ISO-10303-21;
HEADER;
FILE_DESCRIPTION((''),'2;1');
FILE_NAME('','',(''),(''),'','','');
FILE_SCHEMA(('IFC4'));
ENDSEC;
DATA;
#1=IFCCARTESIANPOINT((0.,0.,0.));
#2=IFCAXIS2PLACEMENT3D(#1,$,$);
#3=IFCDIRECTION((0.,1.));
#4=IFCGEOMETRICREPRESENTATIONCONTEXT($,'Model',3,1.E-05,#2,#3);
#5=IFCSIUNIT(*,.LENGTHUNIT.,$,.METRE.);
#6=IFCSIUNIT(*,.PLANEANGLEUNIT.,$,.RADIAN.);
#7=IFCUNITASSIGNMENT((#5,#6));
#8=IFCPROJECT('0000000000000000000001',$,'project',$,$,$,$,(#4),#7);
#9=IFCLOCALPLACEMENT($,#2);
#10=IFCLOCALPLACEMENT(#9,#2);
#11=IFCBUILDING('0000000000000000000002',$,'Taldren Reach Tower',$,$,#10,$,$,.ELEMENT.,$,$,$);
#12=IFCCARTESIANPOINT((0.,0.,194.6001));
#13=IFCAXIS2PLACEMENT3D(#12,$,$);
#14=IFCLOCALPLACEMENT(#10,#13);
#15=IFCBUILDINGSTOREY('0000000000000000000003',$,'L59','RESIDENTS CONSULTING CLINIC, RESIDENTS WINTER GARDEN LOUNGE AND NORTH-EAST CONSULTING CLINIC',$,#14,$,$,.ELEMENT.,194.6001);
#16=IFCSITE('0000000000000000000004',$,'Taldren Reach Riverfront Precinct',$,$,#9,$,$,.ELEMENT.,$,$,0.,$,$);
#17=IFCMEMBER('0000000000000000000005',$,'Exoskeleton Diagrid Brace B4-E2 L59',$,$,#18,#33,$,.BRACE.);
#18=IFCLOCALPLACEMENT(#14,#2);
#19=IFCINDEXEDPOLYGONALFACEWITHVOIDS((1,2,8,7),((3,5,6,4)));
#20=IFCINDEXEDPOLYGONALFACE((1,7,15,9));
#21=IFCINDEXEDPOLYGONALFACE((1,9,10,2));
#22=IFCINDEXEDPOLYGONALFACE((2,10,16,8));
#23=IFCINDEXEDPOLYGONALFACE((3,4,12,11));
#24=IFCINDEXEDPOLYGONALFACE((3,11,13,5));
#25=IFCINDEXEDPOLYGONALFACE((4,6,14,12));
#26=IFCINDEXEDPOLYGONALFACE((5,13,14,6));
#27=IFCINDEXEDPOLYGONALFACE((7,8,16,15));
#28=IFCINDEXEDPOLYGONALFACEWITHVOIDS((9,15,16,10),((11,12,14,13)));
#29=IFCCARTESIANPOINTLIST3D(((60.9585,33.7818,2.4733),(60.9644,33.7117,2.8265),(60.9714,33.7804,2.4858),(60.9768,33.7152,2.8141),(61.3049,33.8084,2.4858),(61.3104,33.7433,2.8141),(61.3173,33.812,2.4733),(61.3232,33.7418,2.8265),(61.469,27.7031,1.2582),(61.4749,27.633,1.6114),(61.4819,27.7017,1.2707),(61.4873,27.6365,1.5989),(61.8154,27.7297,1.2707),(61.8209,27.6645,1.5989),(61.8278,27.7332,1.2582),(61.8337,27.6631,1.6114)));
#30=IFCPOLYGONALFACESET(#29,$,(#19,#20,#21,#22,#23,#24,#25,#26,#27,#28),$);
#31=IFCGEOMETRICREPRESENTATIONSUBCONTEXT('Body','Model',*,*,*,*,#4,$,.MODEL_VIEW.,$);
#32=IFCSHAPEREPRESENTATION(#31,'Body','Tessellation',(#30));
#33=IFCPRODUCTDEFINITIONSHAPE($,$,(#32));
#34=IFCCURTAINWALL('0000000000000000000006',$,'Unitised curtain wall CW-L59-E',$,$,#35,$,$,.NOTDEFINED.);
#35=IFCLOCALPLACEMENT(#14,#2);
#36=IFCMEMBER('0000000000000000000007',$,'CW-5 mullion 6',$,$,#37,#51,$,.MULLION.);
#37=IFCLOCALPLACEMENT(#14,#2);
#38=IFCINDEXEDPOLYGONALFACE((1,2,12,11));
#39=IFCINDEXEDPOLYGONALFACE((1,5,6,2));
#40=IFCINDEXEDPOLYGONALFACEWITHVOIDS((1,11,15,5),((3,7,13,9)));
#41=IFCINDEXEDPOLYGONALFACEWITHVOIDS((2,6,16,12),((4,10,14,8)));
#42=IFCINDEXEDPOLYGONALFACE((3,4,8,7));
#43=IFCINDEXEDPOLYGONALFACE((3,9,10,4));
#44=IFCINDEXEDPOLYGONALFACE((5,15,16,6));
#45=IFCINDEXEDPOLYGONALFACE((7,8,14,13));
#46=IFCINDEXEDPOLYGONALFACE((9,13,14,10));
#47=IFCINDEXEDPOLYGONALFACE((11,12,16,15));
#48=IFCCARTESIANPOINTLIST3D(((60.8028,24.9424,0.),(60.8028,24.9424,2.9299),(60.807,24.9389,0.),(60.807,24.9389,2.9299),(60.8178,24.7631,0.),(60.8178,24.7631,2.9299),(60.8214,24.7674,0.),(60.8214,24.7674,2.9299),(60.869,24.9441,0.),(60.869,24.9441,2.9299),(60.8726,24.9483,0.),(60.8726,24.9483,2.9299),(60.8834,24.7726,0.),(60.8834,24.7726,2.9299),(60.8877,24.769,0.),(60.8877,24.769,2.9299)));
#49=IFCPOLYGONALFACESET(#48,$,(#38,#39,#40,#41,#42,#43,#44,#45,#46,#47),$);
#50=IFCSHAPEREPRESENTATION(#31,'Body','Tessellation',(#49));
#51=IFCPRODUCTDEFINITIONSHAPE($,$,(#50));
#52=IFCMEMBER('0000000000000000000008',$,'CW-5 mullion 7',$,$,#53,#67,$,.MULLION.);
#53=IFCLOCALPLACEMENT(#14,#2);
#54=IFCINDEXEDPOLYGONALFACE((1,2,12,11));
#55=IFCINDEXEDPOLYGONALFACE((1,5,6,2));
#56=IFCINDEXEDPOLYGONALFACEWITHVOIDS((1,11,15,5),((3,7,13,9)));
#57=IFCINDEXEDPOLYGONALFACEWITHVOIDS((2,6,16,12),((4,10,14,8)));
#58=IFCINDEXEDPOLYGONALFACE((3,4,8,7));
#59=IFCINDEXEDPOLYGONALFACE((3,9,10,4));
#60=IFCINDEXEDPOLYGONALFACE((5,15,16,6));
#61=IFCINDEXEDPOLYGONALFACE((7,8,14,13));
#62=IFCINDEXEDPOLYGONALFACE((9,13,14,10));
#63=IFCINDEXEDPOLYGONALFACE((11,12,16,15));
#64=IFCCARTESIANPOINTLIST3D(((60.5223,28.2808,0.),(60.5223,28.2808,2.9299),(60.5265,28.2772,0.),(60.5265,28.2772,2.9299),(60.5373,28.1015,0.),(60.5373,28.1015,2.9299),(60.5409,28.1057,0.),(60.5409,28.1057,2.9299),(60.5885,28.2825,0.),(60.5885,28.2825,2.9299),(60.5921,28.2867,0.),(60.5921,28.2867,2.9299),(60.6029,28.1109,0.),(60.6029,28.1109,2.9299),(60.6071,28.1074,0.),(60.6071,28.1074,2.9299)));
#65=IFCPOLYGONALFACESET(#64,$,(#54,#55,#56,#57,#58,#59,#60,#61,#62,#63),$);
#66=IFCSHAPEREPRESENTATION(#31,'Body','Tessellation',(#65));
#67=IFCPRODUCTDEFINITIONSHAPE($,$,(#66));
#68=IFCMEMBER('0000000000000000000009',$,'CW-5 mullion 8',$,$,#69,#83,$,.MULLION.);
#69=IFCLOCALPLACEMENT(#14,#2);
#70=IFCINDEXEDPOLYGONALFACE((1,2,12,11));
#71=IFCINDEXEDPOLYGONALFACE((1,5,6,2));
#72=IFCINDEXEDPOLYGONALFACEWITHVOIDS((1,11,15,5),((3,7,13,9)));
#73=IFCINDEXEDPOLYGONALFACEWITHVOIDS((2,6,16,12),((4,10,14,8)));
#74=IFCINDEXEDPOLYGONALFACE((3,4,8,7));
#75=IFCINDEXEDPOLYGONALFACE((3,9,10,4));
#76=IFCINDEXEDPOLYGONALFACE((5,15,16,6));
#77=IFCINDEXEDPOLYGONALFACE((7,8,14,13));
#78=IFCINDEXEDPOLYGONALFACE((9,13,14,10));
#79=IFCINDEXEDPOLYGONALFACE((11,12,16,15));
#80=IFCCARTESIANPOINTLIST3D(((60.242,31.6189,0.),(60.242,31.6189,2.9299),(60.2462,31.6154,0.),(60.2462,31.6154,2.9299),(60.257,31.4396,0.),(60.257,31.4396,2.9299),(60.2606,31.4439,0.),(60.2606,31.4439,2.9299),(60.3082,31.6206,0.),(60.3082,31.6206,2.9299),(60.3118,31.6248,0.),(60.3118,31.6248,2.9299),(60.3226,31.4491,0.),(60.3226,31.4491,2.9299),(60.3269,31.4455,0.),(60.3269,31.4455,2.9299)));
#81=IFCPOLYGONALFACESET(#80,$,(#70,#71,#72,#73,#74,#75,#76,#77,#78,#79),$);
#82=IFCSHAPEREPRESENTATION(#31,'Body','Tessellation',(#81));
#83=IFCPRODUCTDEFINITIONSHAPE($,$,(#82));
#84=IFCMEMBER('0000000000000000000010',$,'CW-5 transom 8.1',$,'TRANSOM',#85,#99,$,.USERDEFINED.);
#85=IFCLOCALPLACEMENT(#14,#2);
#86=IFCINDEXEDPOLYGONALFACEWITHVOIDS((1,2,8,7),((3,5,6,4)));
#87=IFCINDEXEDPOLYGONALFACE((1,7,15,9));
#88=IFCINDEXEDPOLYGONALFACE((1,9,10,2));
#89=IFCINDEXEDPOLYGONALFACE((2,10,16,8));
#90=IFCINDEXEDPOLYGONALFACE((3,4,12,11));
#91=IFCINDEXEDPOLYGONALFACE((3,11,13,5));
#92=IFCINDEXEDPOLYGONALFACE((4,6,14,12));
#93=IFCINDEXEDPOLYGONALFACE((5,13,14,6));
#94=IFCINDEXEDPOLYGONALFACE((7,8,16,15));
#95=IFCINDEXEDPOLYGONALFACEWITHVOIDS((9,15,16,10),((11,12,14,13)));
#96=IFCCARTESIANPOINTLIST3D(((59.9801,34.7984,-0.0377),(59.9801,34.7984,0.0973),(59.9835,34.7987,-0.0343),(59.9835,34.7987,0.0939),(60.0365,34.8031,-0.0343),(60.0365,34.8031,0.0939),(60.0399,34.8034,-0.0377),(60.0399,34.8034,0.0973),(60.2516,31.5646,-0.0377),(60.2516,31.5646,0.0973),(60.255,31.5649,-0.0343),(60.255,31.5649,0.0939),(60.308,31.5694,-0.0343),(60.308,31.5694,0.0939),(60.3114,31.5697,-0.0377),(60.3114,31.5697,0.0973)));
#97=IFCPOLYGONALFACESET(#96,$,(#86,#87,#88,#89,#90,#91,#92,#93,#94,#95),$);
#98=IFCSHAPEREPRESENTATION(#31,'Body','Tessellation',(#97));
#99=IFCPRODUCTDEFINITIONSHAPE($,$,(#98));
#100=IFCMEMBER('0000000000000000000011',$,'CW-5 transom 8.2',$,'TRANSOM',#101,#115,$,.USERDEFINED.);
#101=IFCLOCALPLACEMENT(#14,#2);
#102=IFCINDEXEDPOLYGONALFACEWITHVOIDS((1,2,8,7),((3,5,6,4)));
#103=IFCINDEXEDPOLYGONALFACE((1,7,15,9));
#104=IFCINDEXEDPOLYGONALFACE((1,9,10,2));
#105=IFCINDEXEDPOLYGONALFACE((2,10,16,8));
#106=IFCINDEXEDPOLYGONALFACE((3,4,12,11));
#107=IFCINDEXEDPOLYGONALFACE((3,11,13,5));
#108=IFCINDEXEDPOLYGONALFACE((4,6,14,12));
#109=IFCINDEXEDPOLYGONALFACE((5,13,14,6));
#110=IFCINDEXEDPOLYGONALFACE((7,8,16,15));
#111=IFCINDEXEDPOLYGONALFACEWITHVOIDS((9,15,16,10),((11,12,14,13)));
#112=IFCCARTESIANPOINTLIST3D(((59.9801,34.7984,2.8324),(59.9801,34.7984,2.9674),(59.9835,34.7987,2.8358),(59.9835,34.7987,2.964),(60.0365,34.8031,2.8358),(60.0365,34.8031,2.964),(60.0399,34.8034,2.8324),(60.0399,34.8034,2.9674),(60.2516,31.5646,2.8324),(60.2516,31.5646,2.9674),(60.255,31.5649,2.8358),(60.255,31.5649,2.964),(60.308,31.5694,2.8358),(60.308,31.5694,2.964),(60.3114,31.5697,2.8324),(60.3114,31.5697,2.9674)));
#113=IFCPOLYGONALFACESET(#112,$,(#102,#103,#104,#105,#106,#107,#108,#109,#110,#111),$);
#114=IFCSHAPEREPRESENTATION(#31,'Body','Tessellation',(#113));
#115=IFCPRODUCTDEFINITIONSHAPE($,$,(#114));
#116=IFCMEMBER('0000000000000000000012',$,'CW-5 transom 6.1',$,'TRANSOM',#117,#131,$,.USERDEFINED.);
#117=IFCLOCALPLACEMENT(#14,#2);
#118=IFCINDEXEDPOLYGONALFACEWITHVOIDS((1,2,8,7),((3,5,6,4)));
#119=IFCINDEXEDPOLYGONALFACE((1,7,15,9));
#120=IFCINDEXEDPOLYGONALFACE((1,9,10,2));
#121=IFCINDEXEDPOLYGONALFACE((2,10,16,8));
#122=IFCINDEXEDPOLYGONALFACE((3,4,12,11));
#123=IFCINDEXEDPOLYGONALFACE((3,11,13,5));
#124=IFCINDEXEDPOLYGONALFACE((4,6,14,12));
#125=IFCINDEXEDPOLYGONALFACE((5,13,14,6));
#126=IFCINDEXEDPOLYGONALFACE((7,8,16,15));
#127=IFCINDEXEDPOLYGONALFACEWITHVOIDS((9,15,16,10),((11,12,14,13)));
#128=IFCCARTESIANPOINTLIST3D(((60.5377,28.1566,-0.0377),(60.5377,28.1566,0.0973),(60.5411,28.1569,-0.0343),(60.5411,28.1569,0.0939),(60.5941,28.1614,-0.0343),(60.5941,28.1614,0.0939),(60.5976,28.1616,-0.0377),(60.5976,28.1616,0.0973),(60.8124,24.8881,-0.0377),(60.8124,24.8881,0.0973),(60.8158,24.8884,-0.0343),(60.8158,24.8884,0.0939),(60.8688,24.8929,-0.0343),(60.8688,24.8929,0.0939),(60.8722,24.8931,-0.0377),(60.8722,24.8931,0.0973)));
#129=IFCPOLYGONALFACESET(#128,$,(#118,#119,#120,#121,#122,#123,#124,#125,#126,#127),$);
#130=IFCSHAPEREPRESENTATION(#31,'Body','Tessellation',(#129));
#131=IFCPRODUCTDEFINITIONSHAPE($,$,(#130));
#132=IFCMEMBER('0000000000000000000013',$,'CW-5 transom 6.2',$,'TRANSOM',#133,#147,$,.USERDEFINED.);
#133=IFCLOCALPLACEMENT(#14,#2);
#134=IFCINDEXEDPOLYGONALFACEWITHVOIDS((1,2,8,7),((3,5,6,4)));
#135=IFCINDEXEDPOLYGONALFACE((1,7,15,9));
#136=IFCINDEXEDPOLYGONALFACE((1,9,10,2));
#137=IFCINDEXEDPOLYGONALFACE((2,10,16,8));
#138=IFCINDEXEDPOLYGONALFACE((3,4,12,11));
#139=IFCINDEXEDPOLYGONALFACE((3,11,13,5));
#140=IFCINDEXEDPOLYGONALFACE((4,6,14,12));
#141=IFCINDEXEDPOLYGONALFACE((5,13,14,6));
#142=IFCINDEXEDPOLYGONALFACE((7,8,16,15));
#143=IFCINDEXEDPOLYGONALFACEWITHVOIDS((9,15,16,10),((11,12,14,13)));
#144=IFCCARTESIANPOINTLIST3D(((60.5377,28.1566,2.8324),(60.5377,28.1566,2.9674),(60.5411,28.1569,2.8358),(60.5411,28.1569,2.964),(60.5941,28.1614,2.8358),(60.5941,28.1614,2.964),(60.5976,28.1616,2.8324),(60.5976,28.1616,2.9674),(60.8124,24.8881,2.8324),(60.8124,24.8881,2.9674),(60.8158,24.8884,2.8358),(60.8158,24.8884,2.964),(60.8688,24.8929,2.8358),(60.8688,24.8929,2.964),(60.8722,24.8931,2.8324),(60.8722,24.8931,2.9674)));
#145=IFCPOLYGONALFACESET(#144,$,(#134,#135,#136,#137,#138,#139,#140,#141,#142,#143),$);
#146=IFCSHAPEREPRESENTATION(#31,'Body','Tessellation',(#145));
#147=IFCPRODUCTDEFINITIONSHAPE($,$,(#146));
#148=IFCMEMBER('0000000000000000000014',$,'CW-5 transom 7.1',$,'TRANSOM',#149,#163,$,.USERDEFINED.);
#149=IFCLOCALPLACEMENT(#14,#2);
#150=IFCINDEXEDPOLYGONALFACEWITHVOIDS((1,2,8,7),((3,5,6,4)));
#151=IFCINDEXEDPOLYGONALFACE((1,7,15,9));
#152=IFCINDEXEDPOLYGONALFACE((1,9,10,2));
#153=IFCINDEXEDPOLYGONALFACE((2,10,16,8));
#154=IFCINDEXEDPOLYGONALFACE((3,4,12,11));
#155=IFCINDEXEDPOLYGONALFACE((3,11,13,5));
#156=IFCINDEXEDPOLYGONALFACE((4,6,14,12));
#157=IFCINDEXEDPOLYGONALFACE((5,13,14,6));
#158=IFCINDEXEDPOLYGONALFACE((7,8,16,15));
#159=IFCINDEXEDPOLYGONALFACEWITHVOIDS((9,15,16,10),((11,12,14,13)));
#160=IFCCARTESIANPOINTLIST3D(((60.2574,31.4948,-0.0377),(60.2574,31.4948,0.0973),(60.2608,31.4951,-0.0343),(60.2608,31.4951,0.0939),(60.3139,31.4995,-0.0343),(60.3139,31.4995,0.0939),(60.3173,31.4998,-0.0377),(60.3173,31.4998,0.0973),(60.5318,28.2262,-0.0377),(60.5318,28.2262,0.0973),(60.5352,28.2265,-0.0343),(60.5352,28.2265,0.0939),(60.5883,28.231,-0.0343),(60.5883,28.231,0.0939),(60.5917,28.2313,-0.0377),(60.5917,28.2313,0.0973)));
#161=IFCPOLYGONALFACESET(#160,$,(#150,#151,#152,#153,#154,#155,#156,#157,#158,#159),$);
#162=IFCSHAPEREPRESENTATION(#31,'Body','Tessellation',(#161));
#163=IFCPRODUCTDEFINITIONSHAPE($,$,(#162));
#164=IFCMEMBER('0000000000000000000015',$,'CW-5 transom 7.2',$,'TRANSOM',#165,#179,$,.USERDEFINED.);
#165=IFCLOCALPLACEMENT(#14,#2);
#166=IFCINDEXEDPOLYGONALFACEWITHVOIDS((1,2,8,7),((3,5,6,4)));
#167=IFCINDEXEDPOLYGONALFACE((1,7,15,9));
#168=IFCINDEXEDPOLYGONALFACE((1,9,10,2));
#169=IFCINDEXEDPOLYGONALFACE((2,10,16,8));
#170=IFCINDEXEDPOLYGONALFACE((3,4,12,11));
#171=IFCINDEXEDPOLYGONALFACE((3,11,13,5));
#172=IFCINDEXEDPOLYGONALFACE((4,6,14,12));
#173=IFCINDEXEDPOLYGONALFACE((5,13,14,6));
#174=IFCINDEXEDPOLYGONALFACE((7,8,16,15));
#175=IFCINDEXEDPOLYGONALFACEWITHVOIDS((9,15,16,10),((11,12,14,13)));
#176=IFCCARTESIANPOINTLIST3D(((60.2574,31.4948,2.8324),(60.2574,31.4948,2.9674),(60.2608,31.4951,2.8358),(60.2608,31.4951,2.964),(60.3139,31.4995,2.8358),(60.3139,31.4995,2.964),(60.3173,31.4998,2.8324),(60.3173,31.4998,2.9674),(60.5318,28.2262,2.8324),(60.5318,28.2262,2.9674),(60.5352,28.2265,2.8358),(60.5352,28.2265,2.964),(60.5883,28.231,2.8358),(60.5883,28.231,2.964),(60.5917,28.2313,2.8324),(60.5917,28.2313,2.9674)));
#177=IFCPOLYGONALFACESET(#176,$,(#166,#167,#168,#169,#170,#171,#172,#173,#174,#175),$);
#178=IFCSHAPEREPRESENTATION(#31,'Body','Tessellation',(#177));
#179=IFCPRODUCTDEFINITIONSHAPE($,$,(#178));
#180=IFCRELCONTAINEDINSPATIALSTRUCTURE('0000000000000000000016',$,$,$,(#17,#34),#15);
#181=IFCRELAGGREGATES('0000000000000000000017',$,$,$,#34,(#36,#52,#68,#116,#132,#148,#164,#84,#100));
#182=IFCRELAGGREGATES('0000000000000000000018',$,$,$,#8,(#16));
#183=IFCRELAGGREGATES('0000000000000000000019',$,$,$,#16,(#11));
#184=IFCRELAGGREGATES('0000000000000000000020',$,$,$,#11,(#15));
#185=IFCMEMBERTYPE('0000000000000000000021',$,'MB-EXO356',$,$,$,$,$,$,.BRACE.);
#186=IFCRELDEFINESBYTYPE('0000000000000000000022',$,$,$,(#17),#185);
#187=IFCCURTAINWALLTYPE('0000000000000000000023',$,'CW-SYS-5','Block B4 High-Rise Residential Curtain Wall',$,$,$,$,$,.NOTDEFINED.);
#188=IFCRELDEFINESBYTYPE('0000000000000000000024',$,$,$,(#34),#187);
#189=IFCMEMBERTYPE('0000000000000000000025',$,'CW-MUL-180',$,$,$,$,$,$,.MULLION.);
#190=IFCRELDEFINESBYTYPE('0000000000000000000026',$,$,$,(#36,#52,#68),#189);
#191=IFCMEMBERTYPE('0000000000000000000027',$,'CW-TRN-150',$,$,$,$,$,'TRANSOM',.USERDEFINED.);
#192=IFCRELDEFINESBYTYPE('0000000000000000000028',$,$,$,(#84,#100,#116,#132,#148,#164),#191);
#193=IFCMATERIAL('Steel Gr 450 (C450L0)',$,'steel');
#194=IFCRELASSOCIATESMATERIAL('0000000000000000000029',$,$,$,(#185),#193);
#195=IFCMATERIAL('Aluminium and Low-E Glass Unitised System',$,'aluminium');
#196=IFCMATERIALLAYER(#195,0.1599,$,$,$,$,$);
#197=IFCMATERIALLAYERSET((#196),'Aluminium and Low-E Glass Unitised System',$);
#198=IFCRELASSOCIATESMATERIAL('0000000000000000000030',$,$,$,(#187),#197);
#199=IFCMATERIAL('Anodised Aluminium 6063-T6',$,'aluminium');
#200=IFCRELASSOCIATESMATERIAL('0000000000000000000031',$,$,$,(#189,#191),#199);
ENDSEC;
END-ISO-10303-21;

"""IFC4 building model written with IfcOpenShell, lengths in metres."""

from ifc_helpers import new_model, si_unit, direction, frame, origin, origin_2d, place, context, subcontext, project, spatial, hollow_rectangle, extrude, source, transform, mapped, material, layer, layer_set, material_profile, profile_set, type_object, element, aggregate, save


model = new_model("IFC4")

# Units and contexts
model_context = context("Model", 3, precision=1e-05, world=origin(), true_north=direction((0.0, 1.0)))
body_context = subcontext(model_context, "Body", "Model", "MODEL_VIEW")
ifc_project = project(units=[si_unit("LENGTHUNIT", "METRE"), si_unit("PLANEANGLEUNIT", "RADIAN")], contexts=[model_context])

# Site, building, storey
site_placement = place(None, origin())
site = spatial("IfcSite", under=ifc_project, at=site_placement, Name="Taldren Reach Riverfront Precinct", CompositionType="ELEMENT", RefElevation=0.0)
building_placement = place(site_placement, origin())
building = spatial("IfcBuilding", under=site, at=building_placement, Name="Taldren Reach Tower", CompositionType="ELEMENT")
storey_placement = place(building_placement, frame((0.0, 0.0, 194.6001)))
storey = spatial("IfcBuildingStorey", under=building, at=storey_placement, Name="L59", Description="RESIDENTS CONSULTING CLINIC, RESIDENTS WINTER GARDEN LOUNGE AND NORTH-EAST CONSULTING CLINIC", CompositionType="ELEMENT", Elevation=194.6001)

# Shared definitions
ifc_material_1 = material(Name="Steel Gr 450 (C450L0)", Category="steel")

# Member
ifc_material_profile_1 = material_profile(ifc_material_1, hollow_rectangle(XDim=0.3601, YDim=0.3601, WallThickness=0.0127, at=origin_2d()), Name="360x360x12.7SHS")
ifc_profile_set_1 = profile_set([ifc_material_profile_1], Name="Steel Gr 450 (C450L0)")
member_type_1 = type_object("IfcMemberType", Name="MB-EXO356", PredefinedType="BRACE", material=ifc_profile_set_1)
shared_shape_1 = source(origin(), body_context, "Body", "SweptSolid", [
    extrude(hollow_rectangle(XDim=0.3601, YDim=0.3601, WallThickness=0.0127, at=origin_2d()), origin(), (0.0, 0.0, 1.0), 6.22),
])
member_1_placement = place(storey_placement, frame((61.6514, 27.6831, 1.4348), z_axis=(-0.082076, 0.977292, 0.195356), x_axis=(-0.996492, -0.083688, 0.0)))
element("IfcMember", 1, at=member_1_placement, inside=storey, type_object=member_type_1, Name="Exoskeleton Diagrid Brace B4-E2 L59", PredefinedType="BRACE", context=body_context, shape_type="MappedRepresentation", body=[
    mapped(shared_shape_1, transform((0.0, 0.0, 0.0), scale=1.0)),
])

# Curtain wall, members
ifc_material_2 = material(Name="Aluminium and Low-E Glass Unitised System", Category="aluminium")
ifc_layer_1 = layer(ifc_material_2, 0.1599)
ifc_layer_set_1 = layer_set([ifc_layer_1], Name="Aluminium and Low-E Glass Unitised System")
curtain_wall_type = type_object("IfcCurtainWallType", Name="CW-SYS-5", Description="Block B4 High-Rise Residential Curtain Wall", PredefinedType="NOTDEFINED", material=ifc_layer_set_1)
curtain_wall_placement = place(storey_placement, origin())
curtain_wall = element("IfcCurtainWall", 2, at=curtain_wall_placement, inside=storey, type_object=curtain_wall_type, Name="Unitised curtain wall CW-L59-E", PredefinedType="NOTDEFINED")
ifc_material_3 = material(Name="Anodised Aluminium 6063-T6", Category="aluminium")
ifc_material_profile_2 = material_profile(ifc_material_3, hollow_rectangle(XDim=0.0701, YDim=0.1799, WallThickness=0.0039, at=origin_2d()), Name="ALU-180x70x4RHS")
ifc_profile_set_2 = profile_set([ifc_material_profile_2], Name="Anodised Aluminium 6063-T6")
member_type_2 = type_object("IfcMemberType", Name="CW-MUL-180", PredefinedType="MULLION", material=ifc_profile_set_2)
shared_shape_2 = source(origin(), body_context, "Body", "SweptSolid", [
    extrude(hollow_rectangle(XDim=0.0701, YDim=0.1799, WallThickness=0.0039, at=origin_2d()), origin(), (0.0, 0.0, 1.0), 2.9299),
])
member_2_placement = place(storey_placement, frame((60.8452, 24.8557, 0.0), z_axis=(0.0, 0.0, 1.0), x_axis=(-0.996493, -0.083678, 0.0)))
member_2 = element("IfcMember", 3, at=member_2_placement, type_object=member_type_2, Name="CW-5 mullion 6", PredefinedType="MULLION", context=body_context, shape_type="MappedRepresentation", body=[
    mapped(shared_shape_2, transform((0.0, 0.0, 0.0), scale=1.0)),
])
member_3_placement = place(storey_placement, frame((60.5647, 28.1941, 0.0), z_axis=(0.0, 0.0, 1.0), x_axis=(-0.996493, -0.083678, 0.0)))
member_3 = element("IfcMember", 4, at=member_3_placement, type_object=member_type_2, Name="CW-5 mullion 7", PredefinedType="MULLION", context=body_context, shape_type="MappedRepresentation", body=[
    mapped(shared_shape_2, transform((0.0, 0.0, 0.0), scale=1.0)),
])
member_4_placement = place(storey_placement, frame((60.2844, 31.5322, 0.0), z_axis=(0.0, 0.0, 1.0), x_axis=(-0.996493, -0.083678, 0.0)))
member_4 = element("IfcMember", 5, at=member_4_placement, type_object=member_type_2, Name="CW-5 mullion 8", PredefinedType="MULLION", context=body_context, shape_type="MappedRepresentation", body=[
    mapped(shared_shape_2, transform((0.0, 0.0, 0.0), scale=1.0)),
])
ifc_material_profile_3 = material_profile(ifc_material_3, hollow_rectangle(XDim=0.0601, YDim=0.135, WallThickness=0.0034, at=origin_2d()), Name="ALU-135x60x3.5RHS")
ifc_profile_set_3 = profile_set([ifc_material_profile_3], Name="Anodised Aluminium 6063-T6")
member_type_3 = type_object("IfcMemberType", Name="CW-TRN-150", ElementType="TRANSOM", PredefinedType="USERDEFINED", material=ifc_profile_set_3)
shared_shape_3 = source(origin(), body_context, "Body", "SweptSolid", [
    extrude(hollow_rectangle(XDim=0.0601, YDim=0.135, WallThickness=0.0034, at=origin_2d()), origin(), (0.0, 0.0, 1.0), 3.2451),
])
member_5_placement = place(storey_placement, frame((60.2815, 31.5671, 0.0298), z_axis=(-0.083662, 0.996494, 0.0), x_axis=(-0.996494, -0.083662, 0.0)))
member_5 = element("IfcMember", 6, at=member_5_placement, type_object=member_type_3, Name="CW-5 transom 8.1", ObjectType="TRANSOM", PredefinedType="USERDEFINED", context=body_context, shape_type="MappedRepresentation", body=[
    mapped(shared_shape_3, transform((0.0, 0.0, 0.0), scale=1.0)),
])
member_6_placement = place(storey_placement, frame((60.2815, 31.5671, 2.8999), z_axis=(-0.083662, 0.996494, 0.0), x_axis=(-0.996494, -0.083662, 0.0)))
member_6 = element("IfcMember", 7, at=member_6_placement, type_object=member_type_3, Name="CW-5 transom 8.2", ObjectType="TRANSOM", PredefinedType="USERDEFINED", context=body_context, shape_type="MappedRepresentation", body=[
    mapped(shared_shape_3, transform((0.0, 0.0, 0.0), scale=1.0)),
])
shared_shape_4 = source(origin(), body_context, "Body", "SweptSolid", [
    extrude(hollow_rectangle(XDim=0.0601, YDim=0.135, WallThickness=0.0034, at=origin_2d()), origin(), (0.0, 0.0, 1.0), 3.28),
])
member_7_placement = place(storey_placement, frame((60.8423, 24.8906, 0.0298), z_axis=(-0.083735, 0.996488, 0.0), x_axis=(-0.996488, -0.083735, 0.0)))
member_7 = element("IfcMember", 8, at=member_7_placement, type_object=member_type_3, Name="CW-5 transom 6.1", ObjectType="TRANSOM", PredefinedType="USERDEFINED", context=body_context, shape_type="MappedRepresentation", body=[
    mapped(shared_shape_4, transform((0.0, 0.0, 0.0), scale=1.0)),
])
member_8_placement = place(storey_placement, frame((60.8423, 24.8906, 2.8999), z_axis=(-0.083735, 0.996488, 0.0), x_axis=(-0.996488, -0.083735, 0.0)))
member_8 = element("IfcMember", 9, at=member_8_placement, type_object=member_type_3, Name="CW-5 transom 6.2", ObjectType="TRANSOM", PredefinedType="USERDEFINED", context=body_context, shape_type="MappedRepresentation", body=[
    mapped(shared_shape_4, transform((0.0, 0.0, 0.0), scale=1.0)),
])
member_9_placement = place(storey_placement, frame((60.5618, 28.2288, 0.0298), z_axis=(-0.083661, 0.996494, 0.0), x_axis=(-0.996494, -0.083661, 0.0)))
member_9 = element("IfcMember", 10, at=member_9_placement, type_object=member_type_3, Name="CW-5 transom 7.1", ObjectType="TRANSOM", PredefinedType="USERDEFINED", context=body_context, shape_type="MappedRepresentation", body=[
    mapped(shared_shape_4, transform((0.0, 0.0, 0.0), scale=1.0)),
])
member_10_placement = place(storey_placement, frame((60.5618, 28.2288, 2.8999), z_axis=(-0.083661, 0.996494, 0.0), x_axis=(-0.996494, -0.083661, 0.0)))
member_10 = element("IfcMember", 11, at=member_10_placement, type_object=member_type_3, Name="CW-5 transom 7.2", ObjectType="TRANSOM", PredefinedType="USERDEFINED", context=body_context, shape_type="MappedRepresentation", body=[
    mapped(shared_shape_4, transform((0.0, 0.0, 0.0), scale=1.0)),
])
aggregate(curtain_wall, [member_2, member_3, member_4, member_7, member_8, member_9, member_10, member_5, member_6])

save(model, "model.ifc")
